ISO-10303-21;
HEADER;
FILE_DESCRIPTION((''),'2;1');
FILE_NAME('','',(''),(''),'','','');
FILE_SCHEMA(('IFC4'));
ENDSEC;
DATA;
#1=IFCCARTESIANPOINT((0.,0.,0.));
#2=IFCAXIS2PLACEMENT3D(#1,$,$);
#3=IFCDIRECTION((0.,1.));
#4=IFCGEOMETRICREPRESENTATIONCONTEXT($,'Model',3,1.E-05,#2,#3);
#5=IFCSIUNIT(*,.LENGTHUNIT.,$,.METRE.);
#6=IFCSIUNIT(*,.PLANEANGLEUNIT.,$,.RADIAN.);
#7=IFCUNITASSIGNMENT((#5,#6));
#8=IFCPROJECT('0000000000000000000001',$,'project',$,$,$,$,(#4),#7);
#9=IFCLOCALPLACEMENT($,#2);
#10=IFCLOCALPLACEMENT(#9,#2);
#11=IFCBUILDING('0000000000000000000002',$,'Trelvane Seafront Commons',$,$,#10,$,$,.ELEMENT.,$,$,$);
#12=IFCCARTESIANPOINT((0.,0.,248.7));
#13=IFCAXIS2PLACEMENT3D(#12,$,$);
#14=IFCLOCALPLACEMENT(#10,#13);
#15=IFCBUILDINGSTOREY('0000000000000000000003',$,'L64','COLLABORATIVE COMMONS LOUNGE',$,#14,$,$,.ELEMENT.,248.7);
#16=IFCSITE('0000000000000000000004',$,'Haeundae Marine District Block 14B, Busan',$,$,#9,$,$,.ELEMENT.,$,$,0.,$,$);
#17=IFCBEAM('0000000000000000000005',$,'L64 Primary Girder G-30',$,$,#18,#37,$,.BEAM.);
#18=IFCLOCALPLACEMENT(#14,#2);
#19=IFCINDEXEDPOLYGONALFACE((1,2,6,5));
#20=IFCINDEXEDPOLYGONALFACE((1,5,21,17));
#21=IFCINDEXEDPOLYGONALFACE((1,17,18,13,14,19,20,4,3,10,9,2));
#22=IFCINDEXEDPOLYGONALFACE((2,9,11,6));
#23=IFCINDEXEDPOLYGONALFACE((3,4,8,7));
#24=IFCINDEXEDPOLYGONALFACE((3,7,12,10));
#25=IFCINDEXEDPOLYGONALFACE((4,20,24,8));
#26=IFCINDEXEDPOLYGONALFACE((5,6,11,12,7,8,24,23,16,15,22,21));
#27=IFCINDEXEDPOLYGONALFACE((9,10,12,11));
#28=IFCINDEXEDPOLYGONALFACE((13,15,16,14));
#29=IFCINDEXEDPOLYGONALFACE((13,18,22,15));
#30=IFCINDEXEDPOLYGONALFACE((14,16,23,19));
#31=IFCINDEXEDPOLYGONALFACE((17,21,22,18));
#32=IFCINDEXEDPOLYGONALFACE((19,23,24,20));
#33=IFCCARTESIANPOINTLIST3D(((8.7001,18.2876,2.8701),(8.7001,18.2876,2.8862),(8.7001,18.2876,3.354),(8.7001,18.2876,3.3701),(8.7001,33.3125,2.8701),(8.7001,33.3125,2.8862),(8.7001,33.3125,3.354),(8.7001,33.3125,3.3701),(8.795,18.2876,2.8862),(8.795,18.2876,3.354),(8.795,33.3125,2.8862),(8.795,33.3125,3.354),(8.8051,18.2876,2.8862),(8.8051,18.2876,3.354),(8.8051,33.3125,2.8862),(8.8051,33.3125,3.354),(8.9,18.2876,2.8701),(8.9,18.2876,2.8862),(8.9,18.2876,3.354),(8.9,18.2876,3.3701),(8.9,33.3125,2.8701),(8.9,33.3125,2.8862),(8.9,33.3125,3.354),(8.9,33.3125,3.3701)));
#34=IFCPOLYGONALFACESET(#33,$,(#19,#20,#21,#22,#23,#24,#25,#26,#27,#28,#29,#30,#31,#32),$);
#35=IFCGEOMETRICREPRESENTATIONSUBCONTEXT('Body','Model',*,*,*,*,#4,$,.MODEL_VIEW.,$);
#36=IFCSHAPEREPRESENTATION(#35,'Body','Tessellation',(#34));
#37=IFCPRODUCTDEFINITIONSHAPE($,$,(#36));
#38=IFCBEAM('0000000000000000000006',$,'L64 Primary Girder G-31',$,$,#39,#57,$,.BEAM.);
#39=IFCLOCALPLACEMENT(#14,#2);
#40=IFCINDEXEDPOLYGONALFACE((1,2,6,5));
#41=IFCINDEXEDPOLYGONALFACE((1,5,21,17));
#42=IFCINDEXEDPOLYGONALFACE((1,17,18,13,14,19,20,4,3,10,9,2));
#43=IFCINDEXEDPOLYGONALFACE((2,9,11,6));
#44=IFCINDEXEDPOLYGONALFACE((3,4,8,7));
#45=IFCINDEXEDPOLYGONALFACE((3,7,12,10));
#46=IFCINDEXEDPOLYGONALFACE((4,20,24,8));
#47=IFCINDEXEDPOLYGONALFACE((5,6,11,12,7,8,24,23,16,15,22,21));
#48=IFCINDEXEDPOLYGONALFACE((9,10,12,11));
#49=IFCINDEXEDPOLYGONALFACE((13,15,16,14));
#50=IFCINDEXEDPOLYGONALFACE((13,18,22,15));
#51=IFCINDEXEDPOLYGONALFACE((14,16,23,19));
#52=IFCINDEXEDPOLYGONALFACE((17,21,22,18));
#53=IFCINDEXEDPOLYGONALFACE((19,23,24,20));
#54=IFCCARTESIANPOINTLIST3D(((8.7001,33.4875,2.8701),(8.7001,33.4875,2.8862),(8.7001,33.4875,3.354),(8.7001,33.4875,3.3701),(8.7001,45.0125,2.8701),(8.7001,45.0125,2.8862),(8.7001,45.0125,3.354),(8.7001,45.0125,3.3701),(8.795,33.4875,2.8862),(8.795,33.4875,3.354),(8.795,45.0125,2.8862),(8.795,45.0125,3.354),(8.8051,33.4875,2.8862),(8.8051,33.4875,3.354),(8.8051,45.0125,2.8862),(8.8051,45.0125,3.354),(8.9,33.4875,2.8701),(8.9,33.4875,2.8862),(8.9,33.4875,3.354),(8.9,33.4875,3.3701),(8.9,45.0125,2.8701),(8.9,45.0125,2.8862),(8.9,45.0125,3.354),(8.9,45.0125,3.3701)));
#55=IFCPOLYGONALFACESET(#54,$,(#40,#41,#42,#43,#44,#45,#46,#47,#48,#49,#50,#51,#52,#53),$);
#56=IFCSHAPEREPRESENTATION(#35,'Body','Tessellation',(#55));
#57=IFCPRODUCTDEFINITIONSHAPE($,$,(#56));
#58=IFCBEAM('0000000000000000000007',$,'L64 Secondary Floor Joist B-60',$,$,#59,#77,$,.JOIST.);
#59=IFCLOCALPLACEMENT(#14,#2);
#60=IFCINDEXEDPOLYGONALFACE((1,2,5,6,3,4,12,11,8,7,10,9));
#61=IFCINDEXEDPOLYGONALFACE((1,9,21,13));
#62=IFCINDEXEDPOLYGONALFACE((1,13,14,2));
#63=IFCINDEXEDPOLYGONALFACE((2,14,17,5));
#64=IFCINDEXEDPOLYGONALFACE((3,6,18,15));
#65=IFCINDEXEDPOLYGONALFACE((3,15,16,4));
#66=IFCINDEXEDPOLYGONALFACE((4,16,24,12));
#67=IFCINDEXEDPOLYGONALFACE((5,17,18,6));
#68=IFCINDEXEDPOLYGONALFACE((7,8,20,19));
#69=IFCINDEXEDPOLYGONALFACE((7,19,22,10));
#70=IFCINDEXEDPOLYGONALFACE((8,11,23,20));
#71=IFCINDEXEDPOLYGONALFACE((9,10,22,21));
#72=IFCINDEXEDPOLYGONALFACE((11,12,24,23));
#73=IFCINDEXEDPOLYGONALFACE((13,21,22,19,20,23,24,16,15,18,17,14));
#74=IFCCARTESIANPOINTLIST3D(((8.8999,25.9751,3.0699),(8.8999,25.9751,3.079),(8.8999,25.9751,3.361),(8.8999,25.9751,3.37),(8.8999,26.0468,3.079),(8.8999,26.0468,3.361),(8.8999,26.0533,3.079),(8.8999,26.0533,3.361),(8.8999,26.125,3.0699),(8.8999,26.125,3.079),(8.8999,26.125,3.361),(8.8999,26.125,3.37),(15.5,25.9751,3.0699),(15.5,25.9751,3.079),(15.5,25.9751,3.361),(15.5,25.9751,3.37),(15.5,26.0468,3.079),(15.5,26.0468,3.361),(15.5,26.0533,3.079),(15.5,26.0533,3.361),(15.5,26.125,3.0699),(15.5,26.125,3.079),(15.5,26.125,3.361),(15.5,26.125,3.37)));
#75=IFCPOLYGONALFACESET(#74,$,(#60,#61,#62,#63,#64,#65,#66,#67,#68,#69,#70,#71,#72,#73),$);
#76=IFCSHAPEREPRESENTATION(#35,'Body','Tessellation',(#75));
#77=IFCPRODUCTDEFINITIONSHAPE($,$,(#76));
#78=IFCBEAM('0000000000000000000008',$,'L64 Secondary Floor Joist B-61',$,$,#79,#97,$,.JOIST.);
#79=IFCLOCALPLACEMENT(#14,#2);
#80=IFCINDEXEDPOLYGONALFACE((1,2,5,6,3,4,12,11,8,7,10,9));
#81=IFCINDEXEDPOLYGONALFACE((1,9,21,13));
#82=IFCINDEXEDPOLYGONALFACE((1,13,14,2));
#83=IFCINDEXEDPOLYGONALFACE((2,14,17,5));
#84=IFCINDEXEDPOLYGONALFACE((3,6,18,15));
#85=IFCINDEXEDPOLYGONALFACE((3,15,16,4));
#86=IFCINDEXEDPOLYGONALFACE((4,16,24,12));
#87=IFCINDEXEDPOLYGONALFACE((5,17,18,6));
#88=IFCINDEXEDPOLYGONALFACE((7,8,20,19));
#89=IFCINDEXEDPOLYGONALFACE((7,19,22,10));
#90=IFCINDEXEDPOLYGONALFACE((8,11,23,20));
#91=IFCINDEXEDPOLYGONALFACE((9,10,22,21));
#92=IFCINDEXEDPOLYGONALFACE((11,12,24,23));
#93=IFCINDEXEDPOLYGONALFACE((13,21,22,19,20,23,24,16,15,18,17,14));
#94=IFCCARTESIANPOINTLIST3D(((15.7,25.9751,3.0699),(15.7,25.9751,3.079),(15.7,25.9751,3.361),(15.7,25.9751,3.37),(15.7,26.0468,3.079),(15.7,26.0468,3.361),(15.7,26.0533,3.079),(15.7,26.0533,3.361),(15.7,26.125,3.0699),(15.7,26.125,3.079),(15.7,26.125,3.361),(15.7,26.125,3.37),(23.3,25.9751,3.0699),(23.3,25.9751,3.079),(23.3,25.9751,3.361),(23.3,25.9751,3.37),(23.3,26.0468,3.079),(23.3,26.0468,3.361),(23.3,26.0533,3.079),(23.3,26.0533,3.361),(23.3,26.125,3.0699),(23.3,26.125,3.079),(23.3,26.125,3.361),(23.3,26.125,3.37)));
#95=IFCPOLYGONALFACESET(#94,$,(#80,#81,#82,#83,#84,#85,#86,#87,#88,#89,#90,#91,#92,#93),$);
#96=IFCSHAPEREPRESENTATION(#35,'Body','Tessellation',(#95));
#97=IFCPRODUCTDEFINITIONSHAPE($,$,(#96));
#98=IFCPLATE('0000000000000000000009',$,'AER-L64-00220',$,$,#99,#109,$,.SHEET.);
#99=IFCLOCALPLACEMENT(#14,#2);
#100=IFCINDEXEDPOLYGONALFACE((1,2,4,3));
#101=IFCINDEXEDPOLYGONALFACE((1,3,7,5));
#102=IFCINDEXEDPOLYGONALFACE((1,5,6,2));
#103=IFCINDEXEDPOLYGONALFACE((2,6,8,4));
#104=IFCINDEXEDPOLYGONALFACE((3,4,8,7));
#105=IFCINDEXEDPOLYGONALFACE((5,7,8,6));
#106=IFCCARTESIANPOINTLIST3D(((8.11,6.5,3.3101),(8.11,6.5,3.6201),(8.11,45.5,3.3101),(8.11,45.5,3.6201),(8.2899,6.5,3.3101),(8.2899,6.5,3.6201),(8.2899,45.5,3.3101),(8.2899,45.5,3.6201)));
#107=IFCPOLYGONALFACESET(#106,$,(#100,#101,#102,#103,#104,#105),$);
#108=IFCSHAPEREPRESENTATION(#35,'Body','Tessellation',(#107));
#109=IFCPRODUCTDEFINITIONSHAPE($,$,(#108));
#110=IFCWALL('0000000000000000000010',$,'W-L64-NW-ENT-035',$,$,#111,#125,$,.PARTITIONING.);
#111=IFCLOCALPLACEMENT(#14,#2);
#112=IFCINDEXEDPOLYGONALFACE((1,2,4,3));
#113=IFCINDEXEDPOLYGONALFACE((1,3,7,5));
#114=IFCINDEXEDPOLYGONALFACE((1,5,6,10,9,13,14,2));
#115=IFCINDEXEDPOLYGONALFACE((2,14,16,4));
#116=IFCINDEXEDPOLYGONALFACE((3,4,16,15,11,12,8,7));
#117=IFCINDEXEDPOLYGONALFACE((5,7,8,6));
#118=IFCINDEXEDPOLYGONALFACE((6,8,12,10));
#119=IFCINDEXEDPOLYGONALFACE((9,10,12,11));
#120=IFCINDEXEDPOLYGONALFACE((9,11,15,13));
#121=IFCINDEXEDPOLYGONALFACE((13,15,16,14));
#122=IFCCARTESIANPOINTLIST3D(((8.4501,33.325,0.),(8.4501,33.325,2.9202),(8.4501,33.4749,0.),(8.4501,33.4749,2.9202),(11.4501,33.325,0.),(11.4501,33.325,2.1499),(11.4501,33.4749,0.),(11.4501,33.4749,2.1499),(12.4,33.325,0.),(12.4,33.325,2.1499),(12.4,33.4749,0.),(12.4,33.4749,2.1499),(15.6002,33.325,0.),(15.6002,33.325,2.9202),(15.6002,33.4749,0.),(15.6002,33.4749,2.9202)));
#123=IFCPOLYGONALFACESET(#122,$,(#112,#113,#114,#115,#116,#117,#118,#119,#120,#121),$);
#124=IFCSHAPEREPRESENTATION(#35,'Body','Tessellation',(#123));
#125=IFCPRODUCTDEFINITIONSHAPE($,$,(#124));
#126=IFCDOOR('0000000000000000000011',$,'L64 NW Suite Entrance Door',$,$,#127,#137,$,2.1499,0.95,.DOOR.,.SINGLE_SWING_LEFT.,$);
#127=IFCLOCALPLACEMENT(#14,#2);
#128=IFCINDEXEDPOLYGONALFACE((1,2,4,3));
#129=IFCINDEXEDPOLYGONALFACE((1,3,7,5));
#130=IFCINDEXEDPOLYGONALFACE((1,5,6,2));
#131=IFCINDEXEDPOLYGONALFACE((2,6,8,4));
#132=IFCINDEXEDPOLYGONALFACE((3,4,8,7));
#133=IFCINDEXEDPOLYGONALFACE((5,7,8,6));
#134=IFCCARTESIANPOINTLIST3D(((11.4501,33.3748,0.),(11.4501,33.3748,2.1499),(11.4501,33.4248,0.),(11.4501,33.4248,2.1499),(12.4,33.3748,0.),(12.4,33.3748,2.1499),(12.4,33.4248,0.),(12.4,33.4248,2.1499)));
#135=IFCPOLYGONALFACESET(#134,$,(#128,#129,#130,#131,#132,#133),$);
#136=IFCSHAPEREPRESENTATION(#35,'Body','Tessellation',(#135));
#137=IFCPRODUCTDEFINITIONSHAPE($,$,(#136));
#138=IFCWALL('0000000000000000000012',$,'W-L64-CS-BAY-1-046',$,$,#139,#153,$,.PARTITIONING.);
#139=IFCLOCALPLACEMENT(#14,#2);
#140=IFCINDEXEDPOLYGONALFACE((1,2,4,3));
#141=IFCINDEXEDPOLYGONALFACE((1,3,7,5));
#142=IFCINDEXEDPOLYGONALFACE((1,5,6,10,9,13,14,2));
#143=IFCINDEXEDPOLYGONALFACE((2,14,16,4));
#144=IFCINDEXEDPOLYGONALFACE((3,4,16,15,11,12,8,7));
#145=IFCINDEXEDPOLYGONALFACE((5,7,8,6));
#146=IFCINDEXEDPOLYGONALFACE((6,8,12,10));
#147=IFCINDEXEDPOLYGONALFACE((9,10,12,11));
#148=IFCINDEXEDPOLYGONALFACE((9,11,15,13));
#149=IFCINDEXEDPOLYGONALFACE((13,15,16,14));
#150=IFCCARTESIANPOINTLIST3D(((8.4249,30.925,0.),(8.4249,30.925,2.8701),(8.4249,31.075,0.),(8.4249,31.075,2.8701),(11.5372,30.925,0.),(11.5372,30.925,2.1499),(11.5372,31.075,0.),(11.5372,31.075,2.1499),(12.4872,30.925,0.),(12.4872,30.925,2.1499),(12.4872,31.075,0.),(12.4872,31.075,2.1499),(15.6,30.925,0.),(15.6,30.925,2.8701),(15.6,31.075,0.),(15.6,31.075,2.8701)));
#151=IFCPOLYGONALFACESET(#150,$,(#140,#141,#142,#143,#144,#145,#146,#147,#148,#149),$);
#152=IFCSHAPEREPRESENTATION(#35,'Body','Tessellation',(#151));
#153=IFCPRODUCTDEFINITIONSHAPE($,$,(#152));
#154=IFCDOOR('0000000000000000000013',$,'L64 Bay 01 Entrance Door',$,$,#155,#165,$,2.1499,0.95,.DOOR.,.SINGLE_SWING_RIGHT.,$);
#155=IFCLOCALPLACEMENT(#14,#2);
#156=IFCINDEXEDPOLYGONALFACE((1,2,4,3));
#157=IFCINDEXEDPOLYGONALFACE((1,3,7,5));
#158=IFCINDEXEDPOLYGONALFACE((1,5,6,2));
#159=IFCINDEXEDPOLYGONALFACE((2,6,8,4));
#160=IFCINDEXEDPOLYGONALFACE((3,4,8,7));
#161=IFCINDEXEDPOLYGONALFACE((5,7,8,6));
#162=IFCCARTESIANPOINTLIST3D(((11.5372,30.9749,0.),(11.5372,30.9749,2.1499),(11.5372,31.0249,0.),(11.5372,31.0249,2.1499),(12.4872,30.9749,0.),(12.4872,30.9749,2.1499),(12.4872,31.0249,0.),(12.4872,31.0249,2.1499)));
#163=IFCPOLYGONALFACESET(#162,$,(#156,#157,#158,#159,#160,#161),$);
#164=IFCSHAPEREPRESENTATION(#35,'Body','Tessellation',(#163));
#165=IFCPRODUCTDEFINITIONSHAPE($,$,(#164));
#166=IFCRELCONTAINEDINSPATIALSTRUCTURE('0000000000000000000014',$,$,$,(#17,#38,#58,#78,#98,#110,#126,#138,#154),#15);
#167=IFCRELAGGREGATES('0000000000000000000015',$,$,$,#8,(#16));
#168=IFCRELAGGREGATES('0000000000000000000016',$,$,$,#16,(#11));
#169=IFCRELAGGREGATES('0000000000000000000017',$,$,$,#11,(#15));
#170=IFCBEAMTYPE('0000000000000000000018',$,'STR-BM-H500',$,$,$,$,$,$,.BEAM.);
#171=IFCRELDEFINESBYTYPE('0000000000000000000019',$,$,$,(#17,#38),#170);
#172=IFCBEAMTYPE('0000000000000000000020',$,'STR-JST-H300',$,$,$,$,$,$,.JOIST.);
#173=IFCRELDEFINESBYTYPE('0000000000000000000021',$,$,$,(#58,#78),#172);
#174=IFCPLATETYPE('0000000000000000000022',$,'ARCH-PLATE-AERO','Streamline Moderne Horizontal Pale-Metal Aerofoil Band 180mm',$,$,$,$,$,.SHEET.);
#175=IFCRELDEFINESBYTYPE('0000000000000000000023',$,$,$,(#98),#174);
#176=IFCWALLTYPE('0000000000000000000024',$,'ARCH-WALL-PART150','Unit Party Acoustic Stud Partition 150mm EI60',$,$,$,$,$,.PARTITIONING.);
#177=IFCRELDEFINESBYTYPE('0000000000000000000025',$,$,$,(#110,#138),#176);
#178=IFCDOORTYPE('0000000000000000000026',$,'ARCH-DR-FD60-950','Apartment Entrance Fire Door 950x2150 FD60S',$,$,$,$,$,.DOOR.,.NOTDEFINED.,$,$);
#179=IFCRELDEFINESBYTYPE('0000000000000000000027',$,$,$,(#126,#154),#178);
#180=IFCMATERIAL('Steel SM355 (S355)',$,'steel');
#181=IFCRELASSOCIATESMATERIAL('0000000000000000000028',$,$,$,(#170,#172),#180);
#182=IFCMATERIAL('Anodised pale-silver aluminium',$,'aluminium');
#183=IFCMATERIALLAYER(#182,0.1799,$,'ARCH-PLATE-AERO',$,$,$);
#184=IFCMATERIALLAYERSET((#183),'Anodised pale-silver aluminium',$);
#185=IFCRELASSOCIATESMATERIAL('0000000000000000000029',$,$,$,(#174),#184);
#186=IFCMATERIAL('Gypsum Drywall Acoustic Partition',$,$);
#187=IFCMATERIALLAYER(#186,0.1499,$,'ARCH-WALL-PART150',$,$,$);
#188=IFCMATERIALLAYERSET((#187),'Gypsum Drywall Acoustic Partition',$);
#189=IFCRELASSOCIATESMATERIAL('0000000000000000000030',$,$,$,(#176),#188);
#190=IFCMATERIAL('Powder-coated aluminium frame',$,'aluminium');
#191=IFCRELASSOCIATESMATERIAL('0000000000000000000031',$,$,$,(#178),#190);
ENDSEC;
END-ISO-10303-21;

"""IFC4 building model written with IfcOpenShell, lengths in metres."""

from ifc_helpers import new_model, si_unit, direction, frame, frame_2d, origin, origin_2d, place, context, subcontext, project, spatial, rectangle, i_section, extrude, source, transform, mapped, material, layer, layer_set, material_profile, profile_set, type_object, element, fill, save


model = new_model("IFC4")

# Units and contexts
model_context = context("Model", 3, precision=1e-05, world=origin(), true_north=direction((0.0, 1.0)))
body_context = subcontext(model_context, "Body", "Model", "MODEL_VIEW")
ifc_project = project(units=[si_unit("LENGTHUNIT", "METRE"), si_unit("PLANEANGLEUNIT", "RADIAN")], contexts=[model_context])

# Site, building, storey
site_placement = place(None, origin())
site = spatial("IfcSite", under=ifc_project, at=site_placement, Name="Haeundae Marine District Block 14B, Busan", CompositionType="ELEMENT", RefElevation=0.0)
building_placement = place(site_placement, origin())
building = spatial("IfcBuilding", under=site, at=building_placement, Name="Trelvane Seafront Commons", CompositionType="ELEMENT")
storey_placement = place(building_placement, frame((0.0, 0.0, 248.7)))
storey = spatial("IfcBuildingStorey", under=building, at=storey_placement, Name="L64", Description="COLLABORATIVE COMMONS LOUNGE", CompositionType="ELEMENT", Elevation=248.7)

# Shared definitions
ifc_material_1 = material(Name="Steel SM355 (S355)", Category="steel")

# Beams
ifc_material_profile_1 = material_profile(ifc_material_1, i_section(OverallWidth=0.2, OverallDepth=0.5, WebThickness=0.01, FlangeThickness=0.0161, at=origin_2d()), Name="H-500x200x10x16")
ifc_profile_set_1 = profile_set([ifc_material_profile_1], Name="Steel SM355 (S355)")
beam_type_1 = type_object("IfcBeamType", Name="STR-BM-H500", PredefinedType="BEAM", material=ifc_profile_set_1)
shared_shape_1 = source(origin(), body_context, "Body", "SweptSolid", [
    extrude(i_section(OverallWidth=0.2, OverallDepth=0.5, WebThickness=0.01, FlangeThickness=0.0161, at=origin_2d()), origin(), (0.0, 0.0, 1.0), 15.0249),
])
beam_1_placement = place(storey_placement, frame((8.8, 18.2876, 3.1201), z_axis=(0.0, 1.0, 0.0), x_axis=(-1.0, 0.0, 0.0)))
element("IfcBeam", 1, at=beam_1_placement, inside=storey, type_object=beam_type_1, Name="L64 Primary Girder G-30", PredefinedType="BEAM", context=body_context, shape_type="MappedRepresentation", body=[
    mapped(shared_shape_1, transform((0.0, 0.0, 0.0), x_axis=(1.0, 0.0, 0.0), y_axis=(0.0, 1.0, 0.0), z_axis=(0.0, 0.0, 1.0), scale=1.0)),
])
shared_shape_2 = source(origin(), body_context, "Body", "SweptSolid", [
    extrude(i_section(OverallWidth=0.2, OverallDepth=0.5, WebThickness=0.01, FlangeThickness=0.0161, at=origin_2d()), origin(), (0.0, 0.0, 1.0), 11.5249),
])
beam_2_placement = place(storey_placement, frame((8.8, 33.4875, 3.1201), z_axis=(0.0, 1.0, 0.0), x_axis=(-1.0, 0.0, 0.0)))
element("IfcBeam", 2, at=beam_2_placement, inside=storey, type_object=beam_type_1, Name="L64 Primary Girder G-31", PredefinedType="BEAM", context=body_context, shape_type="MappedRepresentation", body=[
    mapped(shared_shape_2, transform((0.0, 0.0, 0.0), x_axis=(1.0, 0.0, 0.0), y_axis=(0.0, 1.0, 0.0), z_axis=(0.0, 0.0, 1.0), scale=1.0)),
])
ifc_material_profile_2 = material_profile(ifc_material_1, i_section(OverallWidth=0.1499, OverallDepth=0.3, WebThickness=0.0066, FlangeThickness=0.009, at=origin_2d()), Name="H-300x150x6.5x9")
ifc_profile_set_2 = profile_set([ifc_material_profile_2], Name="Steel SM355 (S355)")
beam_type_2 = type_object("IfcBeamType", Name="STR-JST-H300", PredefinedType="JOIST", material=ifc_profile_set_2)
shared_shape_3 = source(origin(), body_context, "Body", "SweptSolid", [
    extrude(i_section(OverallWidth=0.1499, OverallDepth=0.3, WebThickness=0.0066, FlangeThickness=0.009, at=origin_2d()), origin(), (0.0, 0.0, 1.0), 6.6001),
])
beam_3_placement = place(storey_placement, frame((8.8999, 26.05, 3.22), z_axis=(1.0, 0.0, 0.0), x_axis=(0.0, 1.0, 0.0)))
element("IfcBeam", 3, at=beam_3_placement, inside=storey, type_object=beam_type_2, Name="L64 Secondary Floor Joist B-60", PredefinedType="JOIST", context=body_context, shape_type="MappedRepresentation", body=[
    mapped(shared_shape_3, transform((0.0, 0.0, 0.0), x_axis=(1.0, 0.0, 0.0), y_axis=(0.0, 1.0, 0.0), z_axis=(0.0, 0.0, 1.0), scale=1.0)),
])
shared_shape_4 = source(origin(), body_context, "Body", "SweptSolid", [
    extrude(i_section(OverallWidth=0.1499, OverallDepth=0.3, WebThickness=0.0066, FlangeThickness=0.009, at=origin_2d()), origin(), (0.0, 0.0, 1.0), 7.6001),
])
beam_4_placement = place(storey_placement, frame((15.7, 26.05, 3.22), z_axis=(1.0, 0.0, 0.0), x_axis=(0.0, 1.0, 0.0)))
element("IfcBeam", 4, at=beam_4_placement, inside=storey, type_object=beam_type_2, Name="L64 Secondary Floor Joist B-61", PredefinedType="JOIST", context=body_context, shape_type="MappedRepresentation", body=[
    mapped(shared_shape_4, transform((0.0, 0.0, 0.0), x_axis=(1.0, 0.0, 0.0), y_axis=(0.0, 1.0, 0.0), z_axis=(0.0, 0.0, 1.0), scale=1.0)),
])

# Plate
ifc_material_2 = material(Name="Anodised pale-silver aluminium", Category="aluminium")
ifc_layer_1 = layer(ifc_material_2, 0.1799, Name="ARCH-PLATE-AERO")
ifc_layer_set_1 = layer_set([ifc_layer_1], Name="Anodised pale-silver aluminium")
plate_type = type_object("IfcPlateType", Name="ARCH-PLATE-AERO", Description="Streamline Moderne Horizontal Pale-Metal Aerofoil Band 180mm", PredefinedType="SHEET", material=ifc_layer_set_1)
shared_shape_5 = source(origin(), body_context, "Body", "SweptSolid", [
    extrude(rectangle(XDim=39.0, YDim=0.1799, at=origin_2d()), origin(), (0.0, 0.0, 1.0), 0.3101),
])
plate_placement = place(storey_placement, frame((8.2, 26.0, 3.3101), z_axis=(0.0, 0.0, 1.0), x_axis=(0.0, 1.0, 0.0)))
element("IfcPlate", 5, at=plate_placement, inside=storey, type_object=plate_type, Name="AER-L64-00220", PredefinedType="SHEET", context=body_context, shape_type="MappedRepresentation", body=[
    mapped(shared_shape_5, transform((0.0, 0.0, 0.0), x_axis=(1.0, 0.0, 0.0), y_axis=(0.0, 1.0, 0.0), z_axis=(0.0, 0.0, 1.0), scale=1.0)),
])

# Walls, openings, doors
ifc_material_3 = material(Name="Gypsum Drywall Acoustic Partition")
ifc_layer_2 = layer(ifc_material_3, 0.1499, Name="ARCH-WALL-PART150")
ifc_layer_set_2 = layer_set([ifc_layer_2], Name="Gypsum Drywall Acoustic Partition")
wall_type_1 = type_object("IfcWallType", Name="ARCH-WALL-PART150", Description="Unit Party Acoustic Stud Partition 150mm EI60", PredefinedType="PARTITIONING", material=ifc_layer_set_2)
wall_1_placement = place(storey_placement, frame((8.45, 33.3999, 0.0), z_axis=(0.0, 0.0, 1.0), x_axis=(1.0, 0.0, 0.0)))
wall_1 = element("IfcWall", 6, at=wall_1_placement, inside=storey, type_object=wall_type_1, Name="W-L64-NW-ENT-035", PredefinedType="PARTITIONING", context=body_context, shape_type="SweptSolid", body=[
    extrude(rectangle(XDim=7.1501, YDim=0.1499, at=frame_2d((3.5752, 0.0))), origin(), (0.0, 0.0, 1.0), 2.9202),
])
opening_1_placement = place(wall_1_placement, frame((3.0, 0.0, 0.0)))
opening_1 = element("IfcOpeningElement", 7, at=opening_1_placement, cuts=wall_1, PredefinedType="OPENING", context=body_context, shape_type="SweptSolid", body=[
    extrude(rectangle(XDim=0.95, YDim=2.1499, at=frame_2d((0.4751, 1.075))), frame((0.0, 0.085, 0.0), z_axis=(0.0, -1.0, 0.0), x_axis=(1.0, 0.0, 0.0)), (0.0, 0.0, 1.0), 0.1699),
])
ifc_material_4 = material(Name="Powder-coated aluminium frame", Category="aluminium")
door_type_1 = type_object("IfcDoorType", Name="ARCH-DR-FD60-950", Description="Apartment Entrance Fire Door 950x2150 FD60S", OperationType="NOTDEFINED", PredefinedType="DOOR", material=ifc_material_4)
shared_shape_6 = source(origin(), body_context, "Body", "SweptSolid", [
    extrude(rectangle(XDim=0.95, YDim=2.1499, at=frame_2d((0.4751, 1.075))), frame((0.0, 0.0249, 0.0), z_axis=(0.0, -1.0, 0.0), x_axis=(1.0, 0.0, 0.0)), (0.0, 0.0, 1.0), 0.05),
])
door_1_placement = place(opening_1_placement, origin())
door_1 = element("IfcDoor", 8, at=door_1_placement, inside=storey, type_object=door_type_1, Name="L64 NW Suite Entrance Door", OperationType="SINGLE_SWING_LEFT", OverallHeight=2.1499, OverallWidth=0.95, PredefinedType="DOOR", context=body_context, shape_type="MappedRepresentation", body=[
    mapped(shared_shape_6, transform((0.0, 0.0, 0.0), x_axis=(1.0, 0.0, 0.0), y_axis=(0.0, 1.0, 0.0), z_axis=(0.0, 0.0, 1.0), scale=1.0)),
])
fill(opening_1, door_1)
wall_2_placement = place(storey_placement, frame((8.425, 31.0, 0.0), z_axis=(0.0, 0.0, 1.0), x_axis=(1.0, 0.0, 0.0)))
wall_2 = element("IfcWall", 9, at=wall_2_placement, inside=storey, type_object=wall_type_1, Name="W-L64-CS-BAY-1-046", PredefinedType="PARTITIONING", context=body_context, shape_type="SweptSolid", body=[
    extrude(rectangle(XDim=7.175, YDim=0.1499, at=frame_2d((3.5874, 0.0))), origin(), (0.0, 0.0, 1.0), 2.8701),
])
opening_2_placement = place(wall_2_placement, frame((3.1121, 0.0, 0.0)))
opening_2 = element("IfcOpeningElement", 10, at=opening_2_placement, cuts=wall_2, PredefinedType="OPENING", context=body_context, shape_type="SweptSolid", body=[
    extrude(rectangle(XDim=0.95, YDim=2.1499, at=frame_2d((0.4751, 1.075))), frame((0.0, 0.085, 0.0), z_axis=(0.0, -1.0, 0.0), x_axis=(1.0, 0.0, 0.0)), (0.0, 0.0, 1.0), 0.1699),
])
door_2_placement = place(opening_2_placement, origin())
door_2 = element("IfcDoor", 11, at=door_2_placement, inside=storey, type_object=door_type_1, Name="L64 Bay 01 Entrance Door", OperationType="SINGLE_SWING_RIGHT", OverallHeight=2.1499, OverallWidth=0.95, PredefinedType="DOOR", context=body_context, shape_type="MappedRepresentation", body=[
    mapped(shared_shape_6, transform((0.0, 0.0, 0.0), x_axis=(1.0, 0.0, 0.0), y_axis=(0.0, 1.0, 0.0), z_axis=(0.0, 0.0, 1.0), scale=1.0)),
])
fill(opening_2, door_2)

save(model, "model.ifc")
